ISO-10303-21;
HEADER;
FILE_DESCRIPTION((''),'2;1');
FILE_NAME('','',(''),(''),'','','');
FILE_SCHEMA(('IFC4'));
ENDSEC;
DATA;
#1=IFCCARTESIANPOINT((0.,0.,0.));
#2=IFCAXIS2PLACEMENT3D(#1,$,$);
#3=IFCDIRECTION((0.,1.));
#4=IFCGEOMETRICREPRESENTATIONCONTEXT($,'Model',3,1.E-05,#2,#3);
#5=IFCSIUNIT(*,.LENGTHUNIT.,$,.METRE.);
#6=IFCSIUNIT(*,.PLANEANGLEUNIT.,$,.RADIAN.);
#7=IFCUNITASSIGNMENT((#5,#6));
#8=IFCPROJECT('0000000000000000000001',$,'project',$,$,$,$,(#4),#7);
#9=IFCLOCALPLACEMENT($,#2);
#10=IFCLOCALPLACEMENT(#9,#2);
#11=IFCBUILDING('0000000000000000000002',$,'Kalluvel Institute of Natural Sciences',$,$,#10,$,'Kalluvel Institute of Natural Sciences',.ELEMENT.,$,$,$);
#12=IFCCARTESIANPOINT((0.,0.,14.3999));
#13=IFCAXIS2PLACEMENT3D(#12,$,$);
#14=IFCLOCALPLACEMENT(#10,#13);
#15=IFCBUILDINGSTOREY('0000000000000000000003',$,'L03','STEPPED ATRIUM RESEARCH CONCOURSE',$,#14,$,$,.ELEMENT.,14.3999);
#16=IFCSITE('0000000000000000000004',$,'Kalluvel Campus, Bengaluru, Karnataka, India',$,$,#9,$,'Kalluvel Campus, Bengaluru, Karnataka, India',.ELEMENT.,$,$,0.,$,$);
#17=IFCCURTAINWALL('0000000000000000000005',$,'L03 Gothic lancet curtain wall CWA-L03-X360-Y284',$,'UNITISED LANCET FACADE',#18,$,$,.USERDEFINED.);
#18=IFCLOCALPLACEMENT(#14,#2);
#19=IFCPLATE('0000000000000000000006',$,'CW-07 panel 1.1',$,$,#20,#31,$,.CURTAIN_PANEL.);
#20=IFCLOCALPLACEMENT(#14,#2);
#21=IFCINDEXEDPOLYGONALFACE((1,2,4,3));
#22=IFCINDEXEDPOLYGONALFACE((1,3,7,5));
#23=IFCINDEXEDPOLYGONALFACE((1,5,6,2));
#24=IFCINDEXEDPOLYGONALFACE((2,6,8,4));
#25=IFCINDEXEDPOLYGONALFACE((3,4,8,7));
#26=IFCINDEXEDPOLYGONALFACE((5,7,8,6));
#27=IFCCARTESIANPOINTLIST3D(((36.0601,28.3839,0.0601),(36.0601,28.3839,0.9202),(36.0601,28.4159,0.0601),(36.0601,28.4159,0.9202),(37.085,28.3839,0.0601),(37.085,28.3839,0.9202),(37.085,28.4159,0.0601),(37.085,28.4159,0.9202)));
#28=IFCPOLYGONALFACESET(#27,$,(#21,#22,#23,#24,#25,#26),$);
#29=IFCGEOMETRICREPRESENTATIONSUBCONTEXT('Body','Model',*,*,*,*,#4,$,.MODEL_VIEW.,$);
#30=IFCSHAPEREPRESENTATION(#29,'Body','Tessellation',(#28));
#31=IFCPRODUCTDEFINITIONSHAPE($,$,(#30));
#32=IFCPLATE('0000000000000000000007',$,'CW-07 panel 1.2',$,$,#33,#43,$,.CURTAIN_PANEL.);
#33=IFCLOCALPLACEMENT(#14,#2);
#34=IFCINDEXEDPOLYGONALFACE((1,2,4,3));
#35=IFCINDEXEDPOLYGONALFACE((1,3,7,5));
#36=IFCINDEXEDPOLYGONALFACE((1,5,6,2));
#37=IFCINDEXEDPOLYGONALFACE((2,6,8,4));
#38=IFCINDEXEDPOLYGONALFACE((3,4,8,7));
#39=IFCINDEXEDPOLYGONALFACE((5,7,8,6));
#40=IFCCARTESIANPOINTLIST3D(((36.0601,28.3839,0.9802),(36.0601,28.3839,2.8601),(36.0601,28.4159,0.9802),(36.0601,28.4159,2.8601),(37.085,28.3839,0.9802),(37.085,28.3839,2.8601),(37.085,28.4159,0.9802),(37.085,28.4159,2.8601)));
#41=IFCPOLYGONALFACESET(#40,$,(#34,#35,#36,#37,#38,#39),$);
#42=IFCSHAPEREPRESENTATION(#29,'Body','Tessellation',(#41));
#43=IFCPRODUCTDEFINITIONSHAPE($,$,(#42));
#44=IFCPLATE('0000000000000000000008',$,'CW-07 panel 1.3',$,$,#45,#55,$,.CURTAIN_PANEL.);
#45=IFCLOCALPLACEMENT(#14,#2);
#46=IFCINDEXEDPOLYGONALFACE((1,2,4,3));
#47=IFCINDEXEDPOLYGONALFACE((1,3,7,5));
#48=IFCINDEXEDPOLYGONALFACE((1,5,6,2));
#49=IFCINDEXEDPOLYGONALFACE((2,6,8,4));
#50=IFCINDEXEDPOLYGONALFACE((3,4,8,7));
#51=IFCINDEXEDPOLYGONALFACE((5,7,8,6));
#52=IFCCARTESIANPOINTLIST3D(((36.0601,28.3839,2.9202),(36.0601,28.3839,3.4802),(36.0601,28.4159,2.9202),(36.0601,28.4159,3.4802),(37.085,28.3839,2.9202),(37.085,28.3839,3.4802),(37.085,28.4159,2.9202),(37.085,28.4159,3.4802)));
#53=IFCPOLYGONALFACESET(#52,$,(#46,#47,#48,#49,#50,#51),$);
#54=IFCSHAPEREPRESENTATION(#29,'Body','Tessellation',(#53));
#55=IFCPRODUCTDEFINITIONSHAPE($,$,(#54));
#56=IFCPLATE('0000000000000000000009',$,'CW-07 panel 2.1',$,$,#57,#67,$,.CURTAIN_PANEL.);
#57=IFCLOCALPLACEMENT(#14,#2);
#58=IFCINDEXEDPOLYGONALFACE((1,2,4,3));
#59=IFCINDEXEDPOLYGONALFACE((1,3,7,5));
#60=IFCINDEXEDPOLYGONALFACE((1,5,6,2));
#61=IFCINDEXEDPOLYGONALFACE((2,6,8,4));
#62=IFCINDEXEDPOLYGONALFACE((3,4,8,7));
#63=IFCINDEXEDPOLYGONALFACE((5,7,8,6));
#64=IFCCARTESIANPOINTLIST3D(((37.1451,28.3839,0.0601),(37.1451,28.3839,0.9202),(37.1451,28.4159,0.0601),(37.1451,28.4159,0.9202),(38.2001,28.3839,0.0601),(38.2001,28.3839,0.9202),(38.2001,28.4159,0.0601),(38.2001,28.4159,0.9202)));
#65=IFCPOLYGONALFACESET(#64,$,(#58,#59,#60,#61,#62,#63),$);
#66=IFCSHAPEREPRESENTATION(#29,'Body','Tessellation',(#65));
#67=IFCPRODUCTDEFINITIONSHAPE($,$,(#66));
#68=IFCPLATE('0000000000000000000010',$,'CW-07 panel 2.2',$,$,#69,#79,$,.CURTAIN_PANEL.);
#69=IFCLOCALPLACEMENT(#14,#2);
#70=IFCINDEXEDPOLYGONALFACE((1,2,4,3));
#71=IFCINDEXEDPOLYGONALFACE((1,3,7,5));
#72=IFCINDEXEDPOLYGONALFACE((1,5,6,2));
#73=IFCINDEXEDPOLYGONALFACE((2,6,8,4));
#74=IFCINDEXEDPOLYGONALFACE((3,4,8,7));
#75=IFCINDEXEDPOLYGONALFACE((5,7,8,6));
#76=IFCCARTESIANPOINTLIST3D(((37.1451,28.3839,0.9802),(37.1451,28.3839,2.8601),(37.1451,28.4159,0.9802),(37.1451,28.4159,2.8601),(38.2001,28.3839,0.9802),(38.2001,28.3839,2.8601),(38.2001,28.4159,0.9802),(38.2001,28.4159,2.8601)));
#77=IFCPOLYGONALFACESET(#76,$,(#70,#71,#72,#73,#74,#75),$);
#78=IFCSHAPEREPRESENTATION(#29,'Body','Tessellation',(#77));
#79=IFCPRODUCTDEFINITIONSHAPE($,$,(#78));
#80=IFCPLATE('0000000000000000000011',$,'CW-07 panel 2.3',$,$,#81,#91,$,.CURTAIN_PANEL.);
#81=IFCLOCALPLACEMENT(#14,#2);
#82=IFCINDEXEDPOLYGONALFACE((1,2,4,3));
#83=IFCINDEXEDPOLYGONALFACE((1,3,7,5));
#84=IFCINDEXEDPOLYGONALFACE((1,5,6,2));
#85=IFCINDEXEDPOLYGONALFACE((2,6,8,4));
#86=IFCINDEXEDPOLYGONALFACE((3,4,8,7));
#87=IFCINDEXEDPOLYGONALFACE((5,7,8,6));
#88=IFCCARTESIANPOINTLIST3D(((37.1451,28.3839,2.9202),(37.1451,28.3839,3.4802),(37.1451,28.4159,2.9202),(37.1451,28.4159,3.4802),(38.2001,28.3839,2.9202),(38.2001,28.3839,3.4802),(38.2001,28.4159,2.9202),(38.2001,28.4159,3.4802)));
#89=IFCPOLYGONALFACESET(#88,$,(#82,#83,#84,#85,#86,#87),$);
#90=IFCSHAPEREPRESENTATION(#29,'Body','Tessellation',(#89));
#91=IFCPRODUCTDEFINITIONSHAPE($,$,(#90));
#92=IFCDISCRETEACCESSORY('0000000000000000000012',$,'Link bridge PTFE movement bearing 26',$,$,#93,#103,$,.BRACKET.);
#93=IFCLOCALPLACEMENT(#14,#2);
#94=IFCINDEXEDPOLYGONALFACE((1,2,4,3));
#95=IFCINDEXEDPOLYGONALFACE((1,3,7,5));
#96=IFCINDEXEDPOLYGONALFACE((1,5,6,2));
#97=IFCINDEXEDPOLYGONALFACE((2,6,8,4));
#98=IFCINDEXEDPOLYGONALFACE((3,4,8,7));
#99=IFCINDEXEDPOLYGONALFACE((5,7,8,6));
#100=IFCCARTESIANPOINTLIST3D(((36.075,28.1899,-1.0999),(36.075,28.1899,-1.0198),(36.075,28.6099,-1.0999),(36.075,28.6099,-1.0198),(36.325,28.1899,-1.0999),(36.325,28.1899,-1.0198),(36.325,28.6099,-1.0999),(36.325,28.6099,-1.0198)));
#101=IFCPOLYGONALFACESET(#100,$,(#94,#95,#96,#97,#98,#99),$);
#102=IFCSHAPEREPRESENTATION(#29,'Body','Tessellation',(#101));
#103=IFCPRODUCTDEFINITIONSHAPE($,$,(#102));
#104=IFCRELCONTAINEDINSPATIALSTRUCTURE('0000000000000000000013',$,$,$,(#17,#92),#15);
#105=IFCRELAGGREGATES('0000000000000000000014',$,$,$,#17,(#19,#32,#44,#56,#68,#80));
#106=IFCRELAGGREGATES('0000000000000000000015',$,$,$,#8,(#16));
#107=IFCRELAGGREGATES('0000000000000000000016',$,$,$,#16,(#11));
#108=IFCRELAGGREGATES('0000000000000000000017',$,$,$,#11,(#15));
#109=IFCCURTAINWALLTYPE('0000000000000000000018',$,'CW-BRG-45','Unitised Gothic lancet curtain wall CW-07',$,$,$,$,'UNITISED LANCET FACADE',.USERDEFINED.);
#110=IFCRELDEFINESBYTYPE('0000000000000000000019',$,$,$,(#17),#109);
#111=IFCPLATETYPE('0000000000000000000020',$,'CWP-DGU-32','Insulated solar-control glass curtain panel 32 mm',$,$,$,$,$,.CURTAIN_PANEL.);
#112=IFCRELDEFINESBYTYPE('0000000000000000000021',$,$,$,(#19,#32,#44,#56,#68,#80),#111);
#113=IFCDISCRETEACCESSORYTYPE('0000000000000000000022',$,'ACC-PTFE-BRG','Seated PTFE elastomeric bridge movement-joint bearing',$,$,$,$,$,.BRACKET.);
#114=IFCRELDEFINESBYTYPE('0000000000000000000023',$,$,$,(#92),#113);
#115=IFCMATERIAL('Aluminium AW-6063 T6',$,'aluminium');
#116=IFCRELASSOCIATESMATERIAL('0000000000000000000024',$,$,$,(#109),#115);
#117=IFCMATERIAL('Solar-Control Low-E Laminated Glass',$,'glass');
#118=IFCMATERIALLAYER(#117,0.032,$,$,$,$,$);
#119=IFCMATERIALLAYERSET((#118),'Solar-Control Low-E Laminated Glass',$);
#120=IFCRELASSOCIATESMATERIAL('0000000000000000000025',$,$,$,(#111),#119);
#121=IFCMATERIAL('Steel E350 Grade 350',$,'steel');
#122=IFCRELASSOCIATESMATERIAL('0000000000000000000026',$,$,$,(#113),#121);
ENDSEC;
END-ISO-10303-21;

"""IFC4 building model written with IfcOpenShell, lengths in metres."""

from ifc_helpers import new_model, si_unit, direction, frame, origin, origin_2d, place, context, subcontext, project, spatial, rectangle, extrude, material, layer, layer_set, type_object, element, aggregate, save


model = new_model("IFC4")

# Units and contexts
model_context = context("Model", 3, precision=1e-05, world=origin(), true_north=direction((0.0, 1.0)))
body_context = subcontext(model_context, "Body", "Model", "MODEL_VIEW")
ifc_project = project(units=[si_unit("LENGTHUNIT", "METRE"), si_unit("PLANEANGLEUNIT", "RADIAN")], contexts=[model_context])

# Site, building, storey
site_placement = place(None, origin())
site = spatial("IfcSite", under=ifc_project, at=site_placement, Name="Kalluvel Campus, Bengaluru, Karnataka, India", LongName="Kalluvel Campus, Bengaluru, Karnataka, India", CompositionType="ELEMENT", RefElevation=0.0)
building_placement = place(site_placement, origin())
building = spatial("IfcBuilding", under=site, at=building_placement, Name="Kalluvel Institute of Natural Sciences", LongName="Kalluvel Institute of Natural Sciences", CompositionType="ELEMENT")
storey_placement = place(building_placement, frame((0.0, 0.0, 14.3999)))
storey = spatial("IfcBuildingStorey", under=building, at=storey_placement, Name="L03", Description="STEPPED ATRIUM RESEARCH CONCOURSE", CompositionType="ELEMENT", Elevation=14.3999)

# Shared definitions
ifc_material_1 = material(Name="Steel E350 Grade 350", Category="steel")

# Curtain wall
ifc_material_2 = material(Name="Aluminium AW-6063 T6", Category="aluminium")
curtain_wall_type_1 = type_object("IfcCurtainWallType", Name="CW-BRG-45", Description="Unitised Gothic lancet curtain wall CW-07", ElementType="UNITISED LANCET FACADE", PredefinedType="USERDEFINED", material=ifc_material_2)
curtain_wall_1_placement = place(storey_placement, origin())
curtain_wall_1 = element("IfcCurtainWall", 1, at=curtain_wall_1_placement, inside=storey, type_object=curtain_wall_type_1, Name="L03 Gothic lancet curtain wall CWA-L03-X360-Y284", ObjectType="UNITISED LANCET FACADE", PredefinedType="USERDEFINED")

# Plates
ifc_material_3 = material(Name="Solar-Control Low-E Laminated Glass", Category="glass")
ifc_layer = layer(ifc_material_3, 0.032)
ifc_layer_set = layer_set([ifc_layer], Name="Solar-Control Low-E Laminated Glass")
plate_type = type_object("IfcPlateType", Name="CWP-DGU-32", Description="Insulated solar-control glass curtain panel 32 mm", PredefinedType="CURTAIN_PANEL", material=ifc_layer_set)
plate_1_placement = place(storey_placement, frame((36.5725, 28.3999, 0.0601), z_axis=(0.0, 0.0, 1.0), x_axis=(1.0, 0.0, 0.0)))
plate_1 = element("IfcPlate", 2, at=plate_1_placement, type_object=plate_type, Name="CW-07 panel 1.1", PredefinedType="CURTAIN_PANEL", context=body_context, shape_type="SweptSolid", body=[
    extrude(rectangle(XDim=1.0249, YDim=0.032, at=origin_2d()), origin(), (0.0, 0.0, 1.0), 0.8601),
])
plate_2_placement = place(storey_placement, frame((36.5725, 28.3999, 0.9802), z_axis=(0.0, 0.0, 1.0), x_axis=(1.0, 0.0, 0.0)))
plate_2 = element("IfcPlate", 3, at=plate_2_placement, type_object=plate_type, Name="CW-07 panel 1.2", PredefinedType="CURTAIN_PANEL", context=body_context, shape_type="SweptSolid", body=[
    extrude(rectangle(XDim=1.0249, YDim=0.032, at=origin_2d()), origin(), (0.0, 0.0, 1.0), 1.8799),
])
plate_3_placement = place(storey_placement, frame((36.5725, 28.3999, 2.9202), z_axis=(0.0, 0.0, 1.0), x_axis=(1.0, 0.0, 0.0)))
plate_3 = element("IfcPlate", 4, at=plate_3_placement, type_object=plate_type, Name="CW-07 panel 1.3", PredefinedType="CURTAIN_PANEL", context=body_context, shape_type="SweptSolid", body=[
    extrude(rectangle(XDim=1.0249, YDim=0.032, at=origin_2d()), origin(), (0.0, 0.0, 1.0), 0.5601),
])
plate_4_placement = place(storey_placement, frame((37.6726, 28.3999, 0.0601), z_axis=(0.0, 0.0, 1.0), x_axis=(1.0, 0.0, 0.0)))
plate_4 = element("IfcPlate", 5, at=plate_4_placement, type_object=plate_type, Name="CW-07 panel 2.1", PredefinedType="CURTAIN_PANEL", context=body_context, shape_type="SweptSolid", body=[
    extrude(rectangle(XDim=1.0549, YDim=0.032, at=origin_2d()), origin(), (0.0, 0.0, 1.0), 0.8601),
])
plate_5_placement = place(storey_placement, frame((37.6726, 28.3999, 0.9802), z_axis=(0.0, 0.0, 1.0), x_axis=(1.0, 0.0, 0.0)))
plate_5 = element("IfcPlate", 6, at=plate_5_placement, type_object=plate_type, Name="CW-07 panel 2.2", PredefinedType="CURTAIN_PANEL", context=body_context, shape_type="SweptSolid", body=[
    extrude(rectangle(XDim=1.0549, YDim=0.032, at=origin_2d()), origin(), (0.0, 0.0, 1.0), 1.8799),
])
plate_6_placement = place(storey_placement, frame((37.6726, 28.3999, 2.9202), z_axis=(0.0, 0.0, 1.0), x_axis=(1.0, 0.0, 0.0)))
plate_6 = element("IfcPlate", 7, at=plate_6_placement, type_object=plate_type, Name="CW-07 panel 2.3", PredefinedType="CURTAIN_PANEL", context=body_context, shape_type="SweptSolid", body=[
    extrude(rectangle(XDim=1.0549, YDim=0.032, at=origin_2d()), origin(), (0.0, 0.0, 1.0), 0.5601),
])
aggregate(curtain_wall_1, [plate_1, plate_2, plate_3, plate_4, plate_5, plate_6])

# Discrete accessory
discrete_accessory_type = type_object("IfcDiscreteAccessoryType", Name="ACC-PTFE-BRG", Description="Seated PTFE elastomeric bridge movement-joint bearing", PredefinedType="BRACKET", material=ifc_material_1)
discrete_accessory_placement = place(storey_placement, frame((36.2, 28.3999, -1.0999), z_axis=(0.0, 0.0, 1.0), x_axis=(1.0, 0.0, 0.0)))
element("IfcDiscreteAccessory", 8, at=discrete_accessory_placement, inside=storey, type_object=discrete_accessory_type, Name="Link bridge PTFE movement bearing 26", PredefinedType="BRACKET", context=body_context, shape_type="SweptSolid", body=[
    extrude(rectangle(XDim=0.25, YDim=0.4199, at=origin_2d()), origin(), (0.0, 0.0, 1.0), 0.0801),
])

save(model, "model.ifc")
